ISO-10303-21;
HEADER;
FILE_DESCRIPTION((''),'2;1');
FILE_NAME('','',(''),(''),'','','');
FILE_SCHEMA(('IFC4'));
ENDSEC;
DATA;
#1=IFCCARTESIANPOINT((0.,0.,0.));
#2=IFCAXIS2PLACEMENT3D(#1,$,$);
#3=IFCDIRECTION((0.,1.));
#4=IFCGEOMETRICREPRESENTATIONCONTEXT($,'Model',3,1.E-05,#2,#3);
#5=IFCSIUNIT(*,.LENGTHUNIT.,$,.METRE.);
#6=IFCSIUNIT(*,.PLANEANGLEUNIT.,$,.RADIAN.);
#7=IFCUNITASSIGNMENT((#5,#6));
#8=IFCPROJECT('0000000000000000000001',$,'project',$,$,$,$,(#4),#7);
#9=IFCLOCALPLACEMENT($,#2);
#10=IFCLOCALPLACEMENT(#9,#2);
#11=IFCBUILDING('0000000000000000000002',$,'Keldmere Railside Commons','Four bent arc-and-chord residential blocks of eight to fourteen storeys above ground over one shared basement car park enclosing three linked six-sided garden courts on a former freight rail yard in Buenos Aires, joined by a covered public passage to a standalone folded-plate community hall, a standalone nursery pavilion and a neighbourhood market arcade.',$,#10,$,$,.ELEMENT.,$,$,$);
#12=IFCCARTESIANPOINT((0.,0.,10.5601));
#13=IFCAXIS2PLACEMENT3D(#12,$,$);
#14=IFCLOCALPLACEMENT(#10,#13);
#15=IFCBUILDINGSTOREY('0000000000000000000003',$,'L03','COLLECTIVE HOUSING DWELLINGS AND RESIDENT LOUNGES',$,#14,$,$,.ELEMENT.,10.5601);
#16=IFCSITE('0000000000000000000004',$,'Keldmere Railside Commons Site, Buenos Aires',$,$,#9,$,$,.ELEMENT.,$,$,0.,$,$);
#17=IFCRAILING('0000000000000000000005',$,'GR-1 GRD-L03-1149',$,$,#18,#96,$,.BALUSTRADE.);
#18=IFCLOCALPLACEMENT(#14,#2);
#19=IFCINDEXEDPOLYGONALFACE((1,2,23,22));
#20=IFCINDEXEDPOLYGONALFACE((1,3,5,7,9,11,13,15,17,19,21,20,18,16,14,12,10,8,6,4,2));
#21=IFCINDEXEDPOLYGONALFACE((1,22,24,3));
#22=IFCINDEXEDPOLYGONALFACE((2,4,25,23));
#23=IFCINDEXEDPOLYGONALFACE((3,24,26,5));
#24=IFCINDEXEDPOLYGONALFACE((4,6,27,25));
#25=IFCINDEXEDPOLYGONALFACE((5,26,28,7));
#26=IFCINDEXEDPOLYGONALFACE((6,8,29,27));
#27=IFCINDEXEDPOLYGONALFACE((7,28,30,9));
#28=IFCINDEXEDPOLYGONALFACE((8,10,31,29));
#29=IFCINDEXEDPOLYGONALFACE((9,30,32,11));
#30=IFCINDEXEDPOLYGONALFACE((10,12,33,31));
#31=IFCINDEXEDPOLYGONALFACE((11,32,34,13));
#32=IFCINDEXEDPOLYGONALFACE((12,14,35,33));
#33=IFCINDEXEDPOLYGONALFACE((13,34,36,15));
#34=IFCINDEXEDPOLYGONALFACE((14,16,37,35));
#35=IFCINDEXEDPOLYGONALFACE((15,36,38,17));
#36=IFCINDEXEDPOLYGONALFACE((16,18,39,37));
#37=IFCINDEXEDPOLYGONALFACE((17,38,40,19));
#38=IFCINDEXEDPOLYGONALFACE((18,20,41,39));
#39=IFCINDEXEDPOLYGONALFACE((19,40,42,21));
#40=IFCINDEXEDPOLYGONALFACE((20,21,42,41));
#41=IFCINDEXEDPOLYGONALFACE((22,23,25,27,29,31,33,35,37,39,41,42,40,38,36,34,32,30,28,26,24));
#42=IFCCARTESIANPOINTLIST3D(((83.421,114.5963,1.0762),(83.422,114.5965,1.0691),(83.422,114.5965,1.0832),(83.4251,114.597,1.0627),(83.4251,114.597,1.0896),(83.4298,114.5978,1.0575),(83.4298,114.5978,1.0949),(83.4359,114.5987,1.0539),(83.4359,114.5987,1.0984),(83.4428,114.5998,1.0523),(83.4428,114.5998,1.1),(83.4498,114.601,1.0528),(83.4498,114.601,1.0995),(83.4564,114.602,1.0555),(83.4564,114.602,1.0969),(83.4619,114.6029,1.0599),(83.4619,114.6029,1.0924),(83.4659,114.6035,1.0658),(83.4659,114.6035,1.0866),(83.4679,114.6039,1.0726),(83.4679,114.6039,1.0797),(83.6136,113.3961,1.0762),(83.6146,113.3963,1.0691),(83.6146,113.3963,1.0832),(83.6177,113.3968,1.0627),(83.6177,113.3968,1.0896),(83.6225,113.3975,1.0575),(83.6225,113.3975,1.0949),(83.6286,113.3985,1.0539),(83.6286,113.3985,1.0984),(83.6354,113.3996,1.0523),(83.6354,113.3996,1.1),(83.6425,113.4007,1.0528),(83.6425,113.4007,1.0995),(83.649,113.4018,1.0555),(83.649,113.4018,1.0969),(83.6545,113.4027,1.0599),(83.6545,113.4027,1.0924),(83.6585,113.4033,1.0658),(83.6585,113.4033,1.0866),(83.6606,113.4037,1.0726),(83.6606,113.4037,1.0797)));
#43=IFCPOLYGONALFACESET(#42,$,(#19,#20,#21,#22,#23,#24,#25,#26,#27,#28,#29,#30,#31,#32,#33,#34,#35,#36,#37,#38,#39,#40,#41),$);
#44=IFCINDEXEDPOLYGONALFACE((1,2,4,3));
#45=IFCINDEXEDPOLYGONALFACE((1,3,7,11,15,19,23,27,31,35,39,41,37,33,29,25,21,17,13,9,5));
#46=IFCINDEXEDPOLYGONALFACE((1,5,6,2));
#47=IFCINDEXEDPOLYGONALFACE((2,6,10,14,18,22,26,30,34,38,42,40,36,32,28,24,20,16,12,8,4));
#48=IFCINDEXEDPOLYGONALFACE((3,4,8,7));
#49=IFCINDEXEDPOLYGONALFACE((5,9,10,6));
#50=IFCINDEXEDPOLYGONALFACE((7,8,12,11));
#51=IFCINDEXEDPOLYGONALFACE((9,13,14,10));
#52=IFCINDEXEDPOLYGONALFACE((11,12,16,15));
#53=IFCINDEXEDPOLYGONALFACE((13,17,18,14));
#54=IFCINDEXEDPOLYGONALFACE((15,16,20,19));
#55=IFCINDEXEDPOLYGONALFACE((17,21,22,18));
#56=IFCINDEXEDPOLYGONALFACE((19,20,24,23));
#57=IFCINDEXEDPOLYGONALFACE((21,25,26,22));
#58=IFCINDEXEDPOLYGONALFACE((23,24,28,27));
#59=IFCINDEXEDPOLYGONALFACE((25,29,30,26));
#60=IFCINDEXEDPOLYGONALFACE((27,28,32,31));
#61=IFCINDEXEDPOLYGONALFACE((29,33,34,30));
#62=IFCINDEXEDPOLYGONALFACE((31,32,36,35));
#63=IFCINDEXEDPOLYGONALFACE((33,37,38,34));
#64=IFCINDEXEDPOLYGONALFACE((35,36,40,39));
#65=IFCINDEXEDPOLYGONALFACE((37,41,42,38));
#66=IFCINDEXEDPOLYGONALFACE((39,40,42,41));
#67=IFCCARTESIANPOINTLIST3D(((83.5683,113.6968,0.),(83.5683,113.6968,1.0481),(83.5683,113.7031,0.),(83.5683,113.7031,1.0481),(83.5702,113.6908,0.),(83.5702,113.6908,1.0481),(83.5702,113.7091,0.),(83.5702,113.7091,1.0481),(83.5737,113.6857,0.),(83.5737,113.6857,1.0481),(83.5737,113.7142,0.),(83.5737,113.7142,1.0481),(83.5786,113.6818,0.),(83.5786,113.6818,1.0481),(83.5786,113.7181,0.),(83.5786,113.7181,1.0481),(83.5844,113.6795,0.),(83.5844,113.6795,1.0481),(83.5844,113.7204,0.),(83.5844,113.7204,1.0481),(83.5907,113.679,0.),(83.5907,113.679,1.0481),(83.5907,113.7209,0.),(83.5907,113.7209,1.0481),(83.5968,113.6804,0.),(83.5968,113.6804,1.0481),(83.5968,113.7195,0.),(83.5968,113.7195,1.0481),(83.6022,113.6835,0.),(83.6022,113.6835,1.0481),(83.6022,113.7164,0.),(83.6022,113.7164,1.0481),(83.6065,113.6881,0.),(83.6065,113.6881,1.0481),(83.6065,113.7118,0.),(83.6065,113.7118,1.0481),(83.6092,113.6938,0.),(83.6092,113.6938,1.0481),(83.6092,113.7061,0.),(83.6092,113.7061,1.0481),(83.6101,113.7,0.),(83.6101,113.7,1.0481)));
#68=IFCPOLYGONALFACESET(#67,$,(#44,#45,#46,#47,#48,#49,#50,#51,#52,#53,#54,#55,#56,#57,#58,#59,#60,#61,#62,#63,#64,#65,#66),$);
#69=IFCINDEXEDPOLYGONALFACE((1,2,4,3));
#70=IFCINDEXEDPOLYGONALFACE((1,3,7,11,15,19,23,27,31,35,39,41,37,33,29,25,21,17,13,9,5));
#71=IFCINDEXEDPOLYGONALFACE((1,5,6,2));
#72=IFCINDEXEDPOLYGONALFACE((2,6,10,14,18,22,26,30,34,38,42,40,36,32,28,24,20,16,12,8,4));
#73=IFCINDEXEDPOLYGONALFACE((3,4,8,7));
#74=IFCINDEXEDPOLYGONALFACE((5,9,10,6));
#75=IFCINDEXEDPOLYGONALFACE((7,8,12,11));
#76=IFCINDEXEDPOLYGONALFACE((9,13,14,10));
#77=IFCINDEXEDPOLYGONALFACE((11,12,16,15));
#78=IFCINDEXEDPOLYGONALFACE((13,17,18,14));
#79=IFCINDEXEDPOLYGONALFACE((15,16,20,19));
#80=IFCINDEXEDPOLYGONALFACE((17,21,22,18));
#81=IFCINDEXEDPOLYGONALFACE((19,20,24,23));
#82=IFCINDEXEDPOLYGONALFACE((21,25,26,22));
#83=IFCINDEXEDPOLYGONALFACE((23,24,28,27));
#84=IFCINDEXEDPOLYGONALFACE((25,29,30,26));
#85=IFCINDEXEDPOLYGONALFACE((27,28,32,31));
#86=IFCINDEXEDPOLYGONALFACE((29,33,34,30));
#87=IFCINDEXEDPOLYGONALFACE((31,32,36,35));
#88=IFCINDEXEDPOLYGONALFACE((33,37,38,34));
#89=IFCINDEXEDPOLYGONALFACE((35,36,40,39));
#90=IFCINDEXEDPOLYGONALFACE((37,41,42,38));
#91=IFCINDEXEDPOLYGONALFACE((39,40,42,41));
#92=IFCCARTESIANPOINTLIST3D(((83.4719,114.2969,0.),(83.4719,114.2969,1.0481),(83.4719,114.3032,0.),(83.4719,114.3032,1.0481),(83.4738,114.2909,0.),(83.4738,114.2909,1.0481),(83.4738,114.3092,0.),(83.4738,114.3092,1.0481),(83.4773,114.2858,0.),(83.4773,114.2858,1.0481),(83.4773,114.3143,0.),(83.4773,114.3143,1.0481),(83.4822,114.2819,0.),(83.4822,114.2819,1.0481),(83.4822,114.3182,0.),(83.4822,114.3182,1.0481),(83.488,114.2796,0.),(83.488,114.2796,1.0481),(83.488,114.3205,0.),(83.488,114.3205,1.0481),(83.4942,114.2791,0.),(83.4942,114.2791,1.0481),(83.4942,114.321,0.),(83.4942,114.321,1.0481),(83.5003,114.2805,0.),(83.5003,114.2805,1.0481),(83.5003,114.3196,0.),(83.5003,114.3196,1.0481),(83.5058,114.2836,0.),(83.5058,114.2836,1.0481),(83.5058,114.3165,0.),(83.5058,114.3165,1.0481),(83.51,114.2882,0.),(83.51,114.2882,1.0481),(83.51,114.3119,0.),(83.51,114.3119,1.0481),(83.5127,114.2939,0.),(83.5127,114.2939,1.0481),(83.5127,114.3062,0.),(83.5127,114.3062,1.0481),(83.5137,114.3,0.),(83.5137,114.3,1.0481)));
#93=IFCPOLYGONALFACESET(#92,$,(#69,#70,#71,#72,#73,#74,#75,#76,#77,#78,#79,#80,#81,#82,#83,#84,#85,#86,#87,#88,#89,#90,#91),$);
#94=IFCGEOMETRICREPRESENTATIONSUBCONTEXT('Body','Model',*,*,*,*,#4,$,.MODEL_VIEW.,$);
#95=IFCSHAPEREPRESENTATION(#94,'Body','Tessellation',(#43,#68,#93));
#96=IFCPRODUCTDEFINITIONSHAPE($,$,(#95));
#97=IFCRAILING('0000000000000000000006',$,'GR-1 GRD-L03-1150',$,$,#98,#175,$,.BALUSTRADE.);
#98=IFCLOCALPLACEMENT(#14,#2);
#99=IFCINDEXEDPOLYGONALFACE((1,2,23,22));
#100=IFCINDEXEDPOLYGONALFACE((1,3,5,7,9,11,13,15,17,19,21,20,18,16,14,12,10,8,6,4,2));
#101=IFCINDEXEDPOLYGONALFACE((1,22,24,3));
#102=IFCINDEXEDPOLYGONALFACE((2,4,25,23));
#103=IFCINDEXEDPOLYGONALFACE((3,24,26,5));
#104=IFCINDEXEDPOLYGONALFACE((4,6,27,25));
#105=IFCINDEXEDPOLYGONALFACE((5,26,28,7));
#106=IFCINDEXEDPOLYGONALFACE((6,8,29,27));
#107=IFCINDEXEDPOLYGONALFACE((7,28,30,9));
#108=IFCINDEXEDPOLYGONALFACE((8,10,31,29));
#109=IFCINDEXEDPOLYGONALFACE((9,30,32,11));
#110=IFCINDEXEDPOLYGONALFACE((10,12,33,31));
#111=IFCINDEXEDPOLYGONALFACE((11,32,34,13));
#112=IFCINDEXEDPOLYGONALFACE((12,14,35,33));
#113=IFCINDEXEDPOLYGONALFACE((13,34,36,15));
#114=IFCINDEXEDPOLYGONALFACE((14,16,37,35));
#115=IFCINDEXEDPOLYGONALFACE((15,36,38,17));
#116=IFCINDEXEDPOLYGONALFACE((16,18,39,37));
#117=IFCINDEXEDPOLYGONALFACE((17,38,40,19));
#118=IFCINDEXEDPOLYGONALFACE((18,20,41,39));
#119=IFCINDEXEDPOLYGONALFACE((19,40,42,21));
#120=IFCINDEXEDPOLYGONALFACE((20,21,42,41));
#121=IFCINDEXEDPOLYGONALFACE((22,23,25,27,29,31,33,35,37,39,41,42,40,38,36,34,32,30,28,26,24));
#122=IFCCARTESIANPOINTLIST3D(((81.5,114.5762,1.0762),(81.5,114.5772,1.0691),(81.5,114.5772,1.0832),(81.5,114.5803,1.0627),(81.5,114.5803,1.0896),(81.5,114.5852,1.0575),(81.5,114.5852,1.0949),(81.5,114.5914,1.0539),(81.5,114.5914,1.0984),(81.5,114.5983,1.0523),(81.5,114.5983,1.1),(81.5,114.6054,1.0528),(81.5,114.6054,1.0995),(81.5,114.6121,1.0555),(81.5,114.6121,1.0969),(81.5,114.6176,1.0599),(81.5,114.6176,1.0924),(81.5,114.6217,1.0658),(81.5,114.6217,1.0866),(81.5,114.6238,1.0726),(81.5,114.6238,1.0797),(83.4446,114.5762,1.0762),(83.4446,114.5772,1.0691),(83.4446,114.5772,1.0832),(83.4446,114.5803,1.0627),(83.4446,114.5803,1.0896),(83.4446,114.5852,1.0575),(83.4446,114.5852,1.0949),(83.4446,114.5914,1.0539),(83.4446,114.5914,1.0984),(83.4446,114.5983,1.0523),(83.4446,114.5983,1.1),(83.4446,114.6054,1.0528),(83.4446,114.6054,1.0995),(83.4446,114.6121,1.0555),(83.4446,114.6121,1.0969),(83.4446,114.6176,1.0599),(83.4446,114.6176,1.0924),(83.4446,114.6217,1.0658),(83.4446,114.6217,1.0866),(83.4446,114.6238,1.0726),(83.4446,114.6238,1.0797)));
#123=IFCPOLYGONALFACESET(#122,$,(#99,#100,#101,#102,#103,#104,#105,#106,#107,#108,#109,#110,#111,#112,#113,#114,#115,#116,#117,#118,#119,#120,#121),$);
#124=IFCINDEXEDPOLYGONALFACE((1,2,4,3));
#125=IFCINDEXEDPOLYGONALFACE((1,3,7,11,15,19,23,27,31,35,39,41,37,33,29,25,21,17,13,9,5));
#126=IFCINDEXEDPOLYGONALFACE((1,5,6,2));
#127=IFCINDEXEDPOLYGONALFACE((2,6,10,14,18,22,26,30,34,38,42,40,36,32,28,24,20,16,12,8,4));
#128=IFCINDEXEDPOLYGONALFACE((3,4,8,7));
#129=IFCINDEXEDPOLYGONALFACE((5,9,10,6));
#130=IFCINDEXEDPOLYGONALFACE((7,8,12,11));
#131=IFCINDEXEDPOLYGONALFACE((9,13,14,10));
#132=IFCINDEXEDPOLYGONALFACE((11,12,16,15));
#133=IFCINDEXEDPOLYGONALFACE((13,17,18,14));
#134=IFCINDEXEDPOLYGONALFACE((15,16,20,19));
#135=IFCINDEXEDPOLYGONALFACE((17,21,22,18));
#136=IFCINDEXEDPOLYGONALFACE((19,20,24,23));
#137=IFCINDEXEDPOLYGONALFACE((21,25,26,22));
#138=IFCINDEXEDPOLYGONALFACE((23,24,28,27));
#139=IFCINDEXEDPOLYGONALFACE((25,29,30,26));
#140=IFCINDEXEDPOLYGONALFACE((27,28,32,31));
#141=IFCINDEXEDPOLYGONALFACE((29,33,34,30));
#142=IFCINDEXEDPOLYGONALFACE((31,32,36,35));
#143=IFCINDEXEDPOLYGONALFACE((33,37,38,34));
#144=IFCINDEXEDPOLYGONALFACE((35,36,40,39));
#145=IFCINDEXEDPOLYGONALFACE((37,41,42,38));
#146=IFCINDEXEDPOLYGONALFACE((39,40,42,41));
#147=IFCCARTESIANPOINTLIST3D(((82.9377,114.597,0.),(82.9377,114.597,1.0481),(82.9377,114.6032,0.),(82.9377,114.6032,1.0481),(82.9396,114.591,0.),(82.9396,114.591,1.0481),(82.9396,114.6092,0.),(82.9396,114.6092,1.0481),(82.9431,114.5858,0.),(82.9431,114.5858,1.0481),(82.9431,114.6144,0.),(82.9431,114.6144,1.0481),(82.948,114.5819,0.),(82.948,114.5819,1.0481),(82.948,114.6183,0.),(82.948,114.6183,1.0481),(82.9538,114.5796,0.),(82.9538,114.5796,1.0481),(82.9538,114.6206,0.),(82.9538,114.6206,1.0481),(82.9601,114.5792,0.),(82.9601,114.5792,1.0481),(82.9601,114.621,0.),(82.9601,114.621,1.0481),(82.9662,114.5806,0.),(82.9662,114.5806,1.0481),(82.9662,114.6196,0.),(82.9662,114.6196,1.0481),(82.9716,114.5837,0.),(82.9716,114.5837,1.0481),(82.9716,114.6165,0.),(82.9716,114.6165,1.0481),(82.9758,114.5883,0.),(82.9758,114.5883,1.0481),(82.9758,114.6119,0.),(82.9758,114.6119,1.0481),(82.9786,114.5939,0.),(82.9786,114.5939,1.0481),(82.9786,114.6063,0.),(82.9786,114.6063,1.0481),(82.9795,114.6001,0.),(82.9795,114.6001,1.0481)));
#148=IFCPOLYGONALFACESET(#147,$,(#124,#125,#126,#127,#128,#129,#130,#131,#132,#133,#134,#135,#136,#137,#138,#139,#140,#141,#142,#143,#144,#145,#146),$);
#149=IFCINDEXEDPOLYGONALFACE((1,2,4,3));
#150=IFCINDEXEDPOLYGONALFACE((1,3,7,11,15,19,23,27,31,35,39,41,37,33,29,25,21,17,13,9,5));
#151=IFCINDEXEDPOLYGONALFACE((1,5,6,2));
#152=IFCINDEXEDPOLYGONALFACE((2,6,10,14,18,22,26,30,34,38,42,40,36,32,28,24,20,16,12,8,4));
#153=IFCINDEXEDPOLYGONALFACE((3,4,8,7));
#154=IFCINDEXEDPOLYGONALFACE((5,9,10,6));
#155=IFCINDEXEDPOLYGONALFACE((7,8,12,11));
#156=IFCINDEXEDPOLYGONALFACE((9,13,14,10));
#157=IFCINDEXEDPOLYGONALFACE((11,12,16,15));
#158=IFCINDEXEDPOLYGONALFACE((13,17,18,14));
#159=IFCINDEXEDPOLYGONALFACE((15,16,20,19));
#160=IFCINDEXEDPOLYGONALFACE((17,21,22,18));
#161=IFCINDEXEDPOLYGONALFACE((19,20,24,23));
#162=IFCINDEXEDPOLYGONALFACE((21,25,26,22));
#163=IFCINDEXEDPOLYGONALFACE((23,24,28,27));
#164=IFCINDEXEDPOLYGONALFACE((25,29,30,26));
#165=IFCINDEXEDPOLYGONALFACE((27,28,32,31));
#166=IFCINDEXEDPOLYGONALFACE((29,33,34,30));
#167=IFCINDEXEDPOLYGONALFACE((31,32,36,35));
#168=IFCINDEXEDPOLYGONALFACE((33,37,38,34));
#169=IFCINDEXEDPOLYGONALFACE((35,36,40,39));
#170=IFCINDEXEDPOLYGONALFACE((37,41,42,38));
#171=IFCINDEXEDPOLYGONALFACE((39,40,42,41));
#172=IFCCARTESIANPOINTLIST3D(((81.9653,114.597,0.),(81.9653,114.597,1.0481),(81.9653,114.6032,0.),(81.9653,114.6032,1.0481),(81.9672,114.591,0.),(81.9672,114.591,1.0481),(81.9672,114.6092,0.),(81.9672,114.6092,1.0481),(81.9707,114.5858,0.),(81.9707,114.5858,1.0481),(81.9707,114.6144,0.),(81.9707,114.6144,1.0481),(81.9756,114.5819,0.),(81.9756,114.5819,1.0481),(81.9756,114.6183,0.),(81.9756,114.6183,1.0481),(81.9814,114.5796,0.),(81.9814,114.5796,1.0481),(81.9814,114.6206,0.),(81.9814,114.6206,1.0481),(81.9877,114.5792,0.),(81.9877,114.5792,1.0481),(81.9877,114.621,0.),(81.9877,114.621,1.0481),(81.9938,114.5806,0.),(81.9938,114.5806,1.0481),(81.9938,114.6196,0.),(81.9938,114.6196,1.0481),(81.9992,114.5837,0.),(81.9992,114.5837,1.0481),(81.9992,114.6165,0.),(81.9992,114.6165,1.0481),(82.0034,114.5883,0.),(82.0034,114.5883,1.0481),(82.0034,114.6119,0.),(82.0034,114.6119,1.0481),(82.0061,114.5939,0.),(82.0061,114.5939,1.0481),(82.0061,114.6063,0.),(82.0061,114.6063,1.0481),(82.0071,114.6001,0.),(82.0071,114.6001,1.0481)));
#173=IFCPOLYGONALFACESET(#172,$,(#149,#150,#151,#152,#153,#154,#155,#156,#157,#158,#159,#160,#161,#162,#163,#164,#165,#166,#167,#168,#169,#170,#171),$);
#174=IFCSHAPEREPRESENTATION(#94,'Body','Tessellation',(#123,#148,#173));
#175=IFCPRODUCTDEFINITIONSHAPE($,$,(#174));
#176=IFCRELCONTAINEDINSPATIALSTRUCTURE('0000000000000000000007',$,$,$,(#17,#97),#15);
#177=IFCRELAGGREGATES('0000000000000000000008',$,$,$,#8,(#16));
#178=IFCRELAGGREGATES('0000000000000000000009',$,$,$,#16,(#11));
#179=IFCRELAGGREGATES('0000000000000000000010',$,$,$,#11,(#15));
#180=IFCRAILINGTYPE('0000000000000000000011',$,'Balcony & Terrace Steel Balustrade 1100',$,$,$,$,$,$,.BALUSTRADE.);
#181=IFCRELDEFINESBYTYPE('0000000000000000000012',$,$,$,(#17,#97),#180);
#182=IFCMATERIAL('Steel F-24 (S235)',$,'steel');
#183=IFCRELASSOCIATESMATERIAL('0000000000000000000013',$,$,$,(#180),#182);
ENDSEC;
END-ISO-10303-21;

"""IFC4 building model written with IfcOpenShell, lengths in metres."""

from ifc_helpers import new_model, si_unit, direction, frame, origin, origin_2d, place, context, subcontext, project, spatial, circle, extrude, material, type_object, element, save


model = new_model("IFC4")

# Units and contexts
model_context = context("Model", 3, precision=1e-05, world=origin(), true_north=direction((0.0, 1.0)))
body_context = subcontext(model_context, "Body", "Model", "MODEL_VIEW")
ifc_project = project(units=[si_unit("LENGTHUNIT", "METRE"), si_unit("PLANEANGLEUNIT", "RADIAN")], contexts=[model_context])

# Site, building, storey
site_placement = place(None, origin())
site = spatial("IfcSite", under=ifc_project, at=site_placement, Name="Keldmere Railside Commons Site, Buenos Aires", CompositionType="ELEMENT", RefElevation=0.0)
building_placement = place(site_placement, origin())
building = spatial("IfcBuilding", under=site, at=building_placement, Name="Keldmere Railside Commons", Description="Four bent arc-and-chord residential blocks of eight to fourteen storeys above ground over one shared basement car park enclosing three linked six-sided garden courts on a former freight rail yard in Buenos Aires, joined by a covered public passage to a standalone folded-plate community hall, a standalone nursery pavilion and a neighbourhood market arcade.", CompositionType="ELEMENT")
storey_placement = place(building_placement, frame((0.0, 0.0, 10.5601)))
storey = spatial("IfcBuildingStorey", under=building, at=storey_placement, Name="L03", Description="COLLECTIVE HOUSING DWELLINGS AND RESIDENT LOUNGES", CompositionType="ELEMENT", Elevation=10.5601)

# Shared definitions
ifc_material_1 = material(Name="Steel F-24 (S235)", Category="steel")

# Railings
railing_type_1 = type_object("IfcRailingType", Name="Balcony & Terrace Steel Balustrade 1100", PredefinedType="BALUSTRADE", material=ifc_material_1)
railing_1_placement = place(storey_placement, frame((83.6372, 113.3999, 0.0)))
element("IfcRailing", 1, at=railing_1_placement, inside=storey, type_object=railing_type_1, Name="GR-1 GRD-L03-1149", PredefinedType="BALUSTRADE", context=body_context, shape_type="SweptSolid", body=[
    extrude(circle(Radius=0.0239, at=origin_2d()), frame((0.0, 0.0, 1.0762), z_axis=(-0.158468, 0.987364, 0.0), x_axis=(-0.987364, -0.158468, 0.0)), (0.0, 0.0, 1.0), 1.2156),
    extrude(circle(Radius=0.021, at=origin_2d()), frame((-0.0481, 0.3, 0.0)), (0.0, 0.0, 1.0), 1.0481),
    extrude(circle(Radius=0.021, at=origin_2d()), frame((-0.1445, 0.9001, 0.0)), (0.0, 0.0, 1.0), 1.0481),
])
railing_2_placement = place(storey_placement, frame((83.4446, 114.6001, 0.0)))
element("IfcRailing", 2, at=railing_2_placement, inside=storey, type_object=railing_type_1, Name="GR-1 GRD-L03-1150", PredefinedType="BALUSTRADE", context=body_context, shape_type="SweptSolid", body=[
    extrude(circle(Radius=0.0239, at=origin_2d()), frame((0.0, 0.0, 1.0762), z_axis=(-1.0, 0.0, 0.0), x_axis=(0.0, -1.0, 0.0)), (0.0, 0.0, 1.0), 1.9446),
    extrude(circle(Radius=0.021, at=origin_2d()), frame((-0.4861, 0.0, 0.0)), (0.0, 0.0, 1.0), 1.0481),
    extrude(circle(Radius=0.021, at=origin_2d()), frame((-1.4585, 0.0, 0.0)), (0.0, 0.0, 1.0), 1.0481),
])

save(model, "model.ifc")
